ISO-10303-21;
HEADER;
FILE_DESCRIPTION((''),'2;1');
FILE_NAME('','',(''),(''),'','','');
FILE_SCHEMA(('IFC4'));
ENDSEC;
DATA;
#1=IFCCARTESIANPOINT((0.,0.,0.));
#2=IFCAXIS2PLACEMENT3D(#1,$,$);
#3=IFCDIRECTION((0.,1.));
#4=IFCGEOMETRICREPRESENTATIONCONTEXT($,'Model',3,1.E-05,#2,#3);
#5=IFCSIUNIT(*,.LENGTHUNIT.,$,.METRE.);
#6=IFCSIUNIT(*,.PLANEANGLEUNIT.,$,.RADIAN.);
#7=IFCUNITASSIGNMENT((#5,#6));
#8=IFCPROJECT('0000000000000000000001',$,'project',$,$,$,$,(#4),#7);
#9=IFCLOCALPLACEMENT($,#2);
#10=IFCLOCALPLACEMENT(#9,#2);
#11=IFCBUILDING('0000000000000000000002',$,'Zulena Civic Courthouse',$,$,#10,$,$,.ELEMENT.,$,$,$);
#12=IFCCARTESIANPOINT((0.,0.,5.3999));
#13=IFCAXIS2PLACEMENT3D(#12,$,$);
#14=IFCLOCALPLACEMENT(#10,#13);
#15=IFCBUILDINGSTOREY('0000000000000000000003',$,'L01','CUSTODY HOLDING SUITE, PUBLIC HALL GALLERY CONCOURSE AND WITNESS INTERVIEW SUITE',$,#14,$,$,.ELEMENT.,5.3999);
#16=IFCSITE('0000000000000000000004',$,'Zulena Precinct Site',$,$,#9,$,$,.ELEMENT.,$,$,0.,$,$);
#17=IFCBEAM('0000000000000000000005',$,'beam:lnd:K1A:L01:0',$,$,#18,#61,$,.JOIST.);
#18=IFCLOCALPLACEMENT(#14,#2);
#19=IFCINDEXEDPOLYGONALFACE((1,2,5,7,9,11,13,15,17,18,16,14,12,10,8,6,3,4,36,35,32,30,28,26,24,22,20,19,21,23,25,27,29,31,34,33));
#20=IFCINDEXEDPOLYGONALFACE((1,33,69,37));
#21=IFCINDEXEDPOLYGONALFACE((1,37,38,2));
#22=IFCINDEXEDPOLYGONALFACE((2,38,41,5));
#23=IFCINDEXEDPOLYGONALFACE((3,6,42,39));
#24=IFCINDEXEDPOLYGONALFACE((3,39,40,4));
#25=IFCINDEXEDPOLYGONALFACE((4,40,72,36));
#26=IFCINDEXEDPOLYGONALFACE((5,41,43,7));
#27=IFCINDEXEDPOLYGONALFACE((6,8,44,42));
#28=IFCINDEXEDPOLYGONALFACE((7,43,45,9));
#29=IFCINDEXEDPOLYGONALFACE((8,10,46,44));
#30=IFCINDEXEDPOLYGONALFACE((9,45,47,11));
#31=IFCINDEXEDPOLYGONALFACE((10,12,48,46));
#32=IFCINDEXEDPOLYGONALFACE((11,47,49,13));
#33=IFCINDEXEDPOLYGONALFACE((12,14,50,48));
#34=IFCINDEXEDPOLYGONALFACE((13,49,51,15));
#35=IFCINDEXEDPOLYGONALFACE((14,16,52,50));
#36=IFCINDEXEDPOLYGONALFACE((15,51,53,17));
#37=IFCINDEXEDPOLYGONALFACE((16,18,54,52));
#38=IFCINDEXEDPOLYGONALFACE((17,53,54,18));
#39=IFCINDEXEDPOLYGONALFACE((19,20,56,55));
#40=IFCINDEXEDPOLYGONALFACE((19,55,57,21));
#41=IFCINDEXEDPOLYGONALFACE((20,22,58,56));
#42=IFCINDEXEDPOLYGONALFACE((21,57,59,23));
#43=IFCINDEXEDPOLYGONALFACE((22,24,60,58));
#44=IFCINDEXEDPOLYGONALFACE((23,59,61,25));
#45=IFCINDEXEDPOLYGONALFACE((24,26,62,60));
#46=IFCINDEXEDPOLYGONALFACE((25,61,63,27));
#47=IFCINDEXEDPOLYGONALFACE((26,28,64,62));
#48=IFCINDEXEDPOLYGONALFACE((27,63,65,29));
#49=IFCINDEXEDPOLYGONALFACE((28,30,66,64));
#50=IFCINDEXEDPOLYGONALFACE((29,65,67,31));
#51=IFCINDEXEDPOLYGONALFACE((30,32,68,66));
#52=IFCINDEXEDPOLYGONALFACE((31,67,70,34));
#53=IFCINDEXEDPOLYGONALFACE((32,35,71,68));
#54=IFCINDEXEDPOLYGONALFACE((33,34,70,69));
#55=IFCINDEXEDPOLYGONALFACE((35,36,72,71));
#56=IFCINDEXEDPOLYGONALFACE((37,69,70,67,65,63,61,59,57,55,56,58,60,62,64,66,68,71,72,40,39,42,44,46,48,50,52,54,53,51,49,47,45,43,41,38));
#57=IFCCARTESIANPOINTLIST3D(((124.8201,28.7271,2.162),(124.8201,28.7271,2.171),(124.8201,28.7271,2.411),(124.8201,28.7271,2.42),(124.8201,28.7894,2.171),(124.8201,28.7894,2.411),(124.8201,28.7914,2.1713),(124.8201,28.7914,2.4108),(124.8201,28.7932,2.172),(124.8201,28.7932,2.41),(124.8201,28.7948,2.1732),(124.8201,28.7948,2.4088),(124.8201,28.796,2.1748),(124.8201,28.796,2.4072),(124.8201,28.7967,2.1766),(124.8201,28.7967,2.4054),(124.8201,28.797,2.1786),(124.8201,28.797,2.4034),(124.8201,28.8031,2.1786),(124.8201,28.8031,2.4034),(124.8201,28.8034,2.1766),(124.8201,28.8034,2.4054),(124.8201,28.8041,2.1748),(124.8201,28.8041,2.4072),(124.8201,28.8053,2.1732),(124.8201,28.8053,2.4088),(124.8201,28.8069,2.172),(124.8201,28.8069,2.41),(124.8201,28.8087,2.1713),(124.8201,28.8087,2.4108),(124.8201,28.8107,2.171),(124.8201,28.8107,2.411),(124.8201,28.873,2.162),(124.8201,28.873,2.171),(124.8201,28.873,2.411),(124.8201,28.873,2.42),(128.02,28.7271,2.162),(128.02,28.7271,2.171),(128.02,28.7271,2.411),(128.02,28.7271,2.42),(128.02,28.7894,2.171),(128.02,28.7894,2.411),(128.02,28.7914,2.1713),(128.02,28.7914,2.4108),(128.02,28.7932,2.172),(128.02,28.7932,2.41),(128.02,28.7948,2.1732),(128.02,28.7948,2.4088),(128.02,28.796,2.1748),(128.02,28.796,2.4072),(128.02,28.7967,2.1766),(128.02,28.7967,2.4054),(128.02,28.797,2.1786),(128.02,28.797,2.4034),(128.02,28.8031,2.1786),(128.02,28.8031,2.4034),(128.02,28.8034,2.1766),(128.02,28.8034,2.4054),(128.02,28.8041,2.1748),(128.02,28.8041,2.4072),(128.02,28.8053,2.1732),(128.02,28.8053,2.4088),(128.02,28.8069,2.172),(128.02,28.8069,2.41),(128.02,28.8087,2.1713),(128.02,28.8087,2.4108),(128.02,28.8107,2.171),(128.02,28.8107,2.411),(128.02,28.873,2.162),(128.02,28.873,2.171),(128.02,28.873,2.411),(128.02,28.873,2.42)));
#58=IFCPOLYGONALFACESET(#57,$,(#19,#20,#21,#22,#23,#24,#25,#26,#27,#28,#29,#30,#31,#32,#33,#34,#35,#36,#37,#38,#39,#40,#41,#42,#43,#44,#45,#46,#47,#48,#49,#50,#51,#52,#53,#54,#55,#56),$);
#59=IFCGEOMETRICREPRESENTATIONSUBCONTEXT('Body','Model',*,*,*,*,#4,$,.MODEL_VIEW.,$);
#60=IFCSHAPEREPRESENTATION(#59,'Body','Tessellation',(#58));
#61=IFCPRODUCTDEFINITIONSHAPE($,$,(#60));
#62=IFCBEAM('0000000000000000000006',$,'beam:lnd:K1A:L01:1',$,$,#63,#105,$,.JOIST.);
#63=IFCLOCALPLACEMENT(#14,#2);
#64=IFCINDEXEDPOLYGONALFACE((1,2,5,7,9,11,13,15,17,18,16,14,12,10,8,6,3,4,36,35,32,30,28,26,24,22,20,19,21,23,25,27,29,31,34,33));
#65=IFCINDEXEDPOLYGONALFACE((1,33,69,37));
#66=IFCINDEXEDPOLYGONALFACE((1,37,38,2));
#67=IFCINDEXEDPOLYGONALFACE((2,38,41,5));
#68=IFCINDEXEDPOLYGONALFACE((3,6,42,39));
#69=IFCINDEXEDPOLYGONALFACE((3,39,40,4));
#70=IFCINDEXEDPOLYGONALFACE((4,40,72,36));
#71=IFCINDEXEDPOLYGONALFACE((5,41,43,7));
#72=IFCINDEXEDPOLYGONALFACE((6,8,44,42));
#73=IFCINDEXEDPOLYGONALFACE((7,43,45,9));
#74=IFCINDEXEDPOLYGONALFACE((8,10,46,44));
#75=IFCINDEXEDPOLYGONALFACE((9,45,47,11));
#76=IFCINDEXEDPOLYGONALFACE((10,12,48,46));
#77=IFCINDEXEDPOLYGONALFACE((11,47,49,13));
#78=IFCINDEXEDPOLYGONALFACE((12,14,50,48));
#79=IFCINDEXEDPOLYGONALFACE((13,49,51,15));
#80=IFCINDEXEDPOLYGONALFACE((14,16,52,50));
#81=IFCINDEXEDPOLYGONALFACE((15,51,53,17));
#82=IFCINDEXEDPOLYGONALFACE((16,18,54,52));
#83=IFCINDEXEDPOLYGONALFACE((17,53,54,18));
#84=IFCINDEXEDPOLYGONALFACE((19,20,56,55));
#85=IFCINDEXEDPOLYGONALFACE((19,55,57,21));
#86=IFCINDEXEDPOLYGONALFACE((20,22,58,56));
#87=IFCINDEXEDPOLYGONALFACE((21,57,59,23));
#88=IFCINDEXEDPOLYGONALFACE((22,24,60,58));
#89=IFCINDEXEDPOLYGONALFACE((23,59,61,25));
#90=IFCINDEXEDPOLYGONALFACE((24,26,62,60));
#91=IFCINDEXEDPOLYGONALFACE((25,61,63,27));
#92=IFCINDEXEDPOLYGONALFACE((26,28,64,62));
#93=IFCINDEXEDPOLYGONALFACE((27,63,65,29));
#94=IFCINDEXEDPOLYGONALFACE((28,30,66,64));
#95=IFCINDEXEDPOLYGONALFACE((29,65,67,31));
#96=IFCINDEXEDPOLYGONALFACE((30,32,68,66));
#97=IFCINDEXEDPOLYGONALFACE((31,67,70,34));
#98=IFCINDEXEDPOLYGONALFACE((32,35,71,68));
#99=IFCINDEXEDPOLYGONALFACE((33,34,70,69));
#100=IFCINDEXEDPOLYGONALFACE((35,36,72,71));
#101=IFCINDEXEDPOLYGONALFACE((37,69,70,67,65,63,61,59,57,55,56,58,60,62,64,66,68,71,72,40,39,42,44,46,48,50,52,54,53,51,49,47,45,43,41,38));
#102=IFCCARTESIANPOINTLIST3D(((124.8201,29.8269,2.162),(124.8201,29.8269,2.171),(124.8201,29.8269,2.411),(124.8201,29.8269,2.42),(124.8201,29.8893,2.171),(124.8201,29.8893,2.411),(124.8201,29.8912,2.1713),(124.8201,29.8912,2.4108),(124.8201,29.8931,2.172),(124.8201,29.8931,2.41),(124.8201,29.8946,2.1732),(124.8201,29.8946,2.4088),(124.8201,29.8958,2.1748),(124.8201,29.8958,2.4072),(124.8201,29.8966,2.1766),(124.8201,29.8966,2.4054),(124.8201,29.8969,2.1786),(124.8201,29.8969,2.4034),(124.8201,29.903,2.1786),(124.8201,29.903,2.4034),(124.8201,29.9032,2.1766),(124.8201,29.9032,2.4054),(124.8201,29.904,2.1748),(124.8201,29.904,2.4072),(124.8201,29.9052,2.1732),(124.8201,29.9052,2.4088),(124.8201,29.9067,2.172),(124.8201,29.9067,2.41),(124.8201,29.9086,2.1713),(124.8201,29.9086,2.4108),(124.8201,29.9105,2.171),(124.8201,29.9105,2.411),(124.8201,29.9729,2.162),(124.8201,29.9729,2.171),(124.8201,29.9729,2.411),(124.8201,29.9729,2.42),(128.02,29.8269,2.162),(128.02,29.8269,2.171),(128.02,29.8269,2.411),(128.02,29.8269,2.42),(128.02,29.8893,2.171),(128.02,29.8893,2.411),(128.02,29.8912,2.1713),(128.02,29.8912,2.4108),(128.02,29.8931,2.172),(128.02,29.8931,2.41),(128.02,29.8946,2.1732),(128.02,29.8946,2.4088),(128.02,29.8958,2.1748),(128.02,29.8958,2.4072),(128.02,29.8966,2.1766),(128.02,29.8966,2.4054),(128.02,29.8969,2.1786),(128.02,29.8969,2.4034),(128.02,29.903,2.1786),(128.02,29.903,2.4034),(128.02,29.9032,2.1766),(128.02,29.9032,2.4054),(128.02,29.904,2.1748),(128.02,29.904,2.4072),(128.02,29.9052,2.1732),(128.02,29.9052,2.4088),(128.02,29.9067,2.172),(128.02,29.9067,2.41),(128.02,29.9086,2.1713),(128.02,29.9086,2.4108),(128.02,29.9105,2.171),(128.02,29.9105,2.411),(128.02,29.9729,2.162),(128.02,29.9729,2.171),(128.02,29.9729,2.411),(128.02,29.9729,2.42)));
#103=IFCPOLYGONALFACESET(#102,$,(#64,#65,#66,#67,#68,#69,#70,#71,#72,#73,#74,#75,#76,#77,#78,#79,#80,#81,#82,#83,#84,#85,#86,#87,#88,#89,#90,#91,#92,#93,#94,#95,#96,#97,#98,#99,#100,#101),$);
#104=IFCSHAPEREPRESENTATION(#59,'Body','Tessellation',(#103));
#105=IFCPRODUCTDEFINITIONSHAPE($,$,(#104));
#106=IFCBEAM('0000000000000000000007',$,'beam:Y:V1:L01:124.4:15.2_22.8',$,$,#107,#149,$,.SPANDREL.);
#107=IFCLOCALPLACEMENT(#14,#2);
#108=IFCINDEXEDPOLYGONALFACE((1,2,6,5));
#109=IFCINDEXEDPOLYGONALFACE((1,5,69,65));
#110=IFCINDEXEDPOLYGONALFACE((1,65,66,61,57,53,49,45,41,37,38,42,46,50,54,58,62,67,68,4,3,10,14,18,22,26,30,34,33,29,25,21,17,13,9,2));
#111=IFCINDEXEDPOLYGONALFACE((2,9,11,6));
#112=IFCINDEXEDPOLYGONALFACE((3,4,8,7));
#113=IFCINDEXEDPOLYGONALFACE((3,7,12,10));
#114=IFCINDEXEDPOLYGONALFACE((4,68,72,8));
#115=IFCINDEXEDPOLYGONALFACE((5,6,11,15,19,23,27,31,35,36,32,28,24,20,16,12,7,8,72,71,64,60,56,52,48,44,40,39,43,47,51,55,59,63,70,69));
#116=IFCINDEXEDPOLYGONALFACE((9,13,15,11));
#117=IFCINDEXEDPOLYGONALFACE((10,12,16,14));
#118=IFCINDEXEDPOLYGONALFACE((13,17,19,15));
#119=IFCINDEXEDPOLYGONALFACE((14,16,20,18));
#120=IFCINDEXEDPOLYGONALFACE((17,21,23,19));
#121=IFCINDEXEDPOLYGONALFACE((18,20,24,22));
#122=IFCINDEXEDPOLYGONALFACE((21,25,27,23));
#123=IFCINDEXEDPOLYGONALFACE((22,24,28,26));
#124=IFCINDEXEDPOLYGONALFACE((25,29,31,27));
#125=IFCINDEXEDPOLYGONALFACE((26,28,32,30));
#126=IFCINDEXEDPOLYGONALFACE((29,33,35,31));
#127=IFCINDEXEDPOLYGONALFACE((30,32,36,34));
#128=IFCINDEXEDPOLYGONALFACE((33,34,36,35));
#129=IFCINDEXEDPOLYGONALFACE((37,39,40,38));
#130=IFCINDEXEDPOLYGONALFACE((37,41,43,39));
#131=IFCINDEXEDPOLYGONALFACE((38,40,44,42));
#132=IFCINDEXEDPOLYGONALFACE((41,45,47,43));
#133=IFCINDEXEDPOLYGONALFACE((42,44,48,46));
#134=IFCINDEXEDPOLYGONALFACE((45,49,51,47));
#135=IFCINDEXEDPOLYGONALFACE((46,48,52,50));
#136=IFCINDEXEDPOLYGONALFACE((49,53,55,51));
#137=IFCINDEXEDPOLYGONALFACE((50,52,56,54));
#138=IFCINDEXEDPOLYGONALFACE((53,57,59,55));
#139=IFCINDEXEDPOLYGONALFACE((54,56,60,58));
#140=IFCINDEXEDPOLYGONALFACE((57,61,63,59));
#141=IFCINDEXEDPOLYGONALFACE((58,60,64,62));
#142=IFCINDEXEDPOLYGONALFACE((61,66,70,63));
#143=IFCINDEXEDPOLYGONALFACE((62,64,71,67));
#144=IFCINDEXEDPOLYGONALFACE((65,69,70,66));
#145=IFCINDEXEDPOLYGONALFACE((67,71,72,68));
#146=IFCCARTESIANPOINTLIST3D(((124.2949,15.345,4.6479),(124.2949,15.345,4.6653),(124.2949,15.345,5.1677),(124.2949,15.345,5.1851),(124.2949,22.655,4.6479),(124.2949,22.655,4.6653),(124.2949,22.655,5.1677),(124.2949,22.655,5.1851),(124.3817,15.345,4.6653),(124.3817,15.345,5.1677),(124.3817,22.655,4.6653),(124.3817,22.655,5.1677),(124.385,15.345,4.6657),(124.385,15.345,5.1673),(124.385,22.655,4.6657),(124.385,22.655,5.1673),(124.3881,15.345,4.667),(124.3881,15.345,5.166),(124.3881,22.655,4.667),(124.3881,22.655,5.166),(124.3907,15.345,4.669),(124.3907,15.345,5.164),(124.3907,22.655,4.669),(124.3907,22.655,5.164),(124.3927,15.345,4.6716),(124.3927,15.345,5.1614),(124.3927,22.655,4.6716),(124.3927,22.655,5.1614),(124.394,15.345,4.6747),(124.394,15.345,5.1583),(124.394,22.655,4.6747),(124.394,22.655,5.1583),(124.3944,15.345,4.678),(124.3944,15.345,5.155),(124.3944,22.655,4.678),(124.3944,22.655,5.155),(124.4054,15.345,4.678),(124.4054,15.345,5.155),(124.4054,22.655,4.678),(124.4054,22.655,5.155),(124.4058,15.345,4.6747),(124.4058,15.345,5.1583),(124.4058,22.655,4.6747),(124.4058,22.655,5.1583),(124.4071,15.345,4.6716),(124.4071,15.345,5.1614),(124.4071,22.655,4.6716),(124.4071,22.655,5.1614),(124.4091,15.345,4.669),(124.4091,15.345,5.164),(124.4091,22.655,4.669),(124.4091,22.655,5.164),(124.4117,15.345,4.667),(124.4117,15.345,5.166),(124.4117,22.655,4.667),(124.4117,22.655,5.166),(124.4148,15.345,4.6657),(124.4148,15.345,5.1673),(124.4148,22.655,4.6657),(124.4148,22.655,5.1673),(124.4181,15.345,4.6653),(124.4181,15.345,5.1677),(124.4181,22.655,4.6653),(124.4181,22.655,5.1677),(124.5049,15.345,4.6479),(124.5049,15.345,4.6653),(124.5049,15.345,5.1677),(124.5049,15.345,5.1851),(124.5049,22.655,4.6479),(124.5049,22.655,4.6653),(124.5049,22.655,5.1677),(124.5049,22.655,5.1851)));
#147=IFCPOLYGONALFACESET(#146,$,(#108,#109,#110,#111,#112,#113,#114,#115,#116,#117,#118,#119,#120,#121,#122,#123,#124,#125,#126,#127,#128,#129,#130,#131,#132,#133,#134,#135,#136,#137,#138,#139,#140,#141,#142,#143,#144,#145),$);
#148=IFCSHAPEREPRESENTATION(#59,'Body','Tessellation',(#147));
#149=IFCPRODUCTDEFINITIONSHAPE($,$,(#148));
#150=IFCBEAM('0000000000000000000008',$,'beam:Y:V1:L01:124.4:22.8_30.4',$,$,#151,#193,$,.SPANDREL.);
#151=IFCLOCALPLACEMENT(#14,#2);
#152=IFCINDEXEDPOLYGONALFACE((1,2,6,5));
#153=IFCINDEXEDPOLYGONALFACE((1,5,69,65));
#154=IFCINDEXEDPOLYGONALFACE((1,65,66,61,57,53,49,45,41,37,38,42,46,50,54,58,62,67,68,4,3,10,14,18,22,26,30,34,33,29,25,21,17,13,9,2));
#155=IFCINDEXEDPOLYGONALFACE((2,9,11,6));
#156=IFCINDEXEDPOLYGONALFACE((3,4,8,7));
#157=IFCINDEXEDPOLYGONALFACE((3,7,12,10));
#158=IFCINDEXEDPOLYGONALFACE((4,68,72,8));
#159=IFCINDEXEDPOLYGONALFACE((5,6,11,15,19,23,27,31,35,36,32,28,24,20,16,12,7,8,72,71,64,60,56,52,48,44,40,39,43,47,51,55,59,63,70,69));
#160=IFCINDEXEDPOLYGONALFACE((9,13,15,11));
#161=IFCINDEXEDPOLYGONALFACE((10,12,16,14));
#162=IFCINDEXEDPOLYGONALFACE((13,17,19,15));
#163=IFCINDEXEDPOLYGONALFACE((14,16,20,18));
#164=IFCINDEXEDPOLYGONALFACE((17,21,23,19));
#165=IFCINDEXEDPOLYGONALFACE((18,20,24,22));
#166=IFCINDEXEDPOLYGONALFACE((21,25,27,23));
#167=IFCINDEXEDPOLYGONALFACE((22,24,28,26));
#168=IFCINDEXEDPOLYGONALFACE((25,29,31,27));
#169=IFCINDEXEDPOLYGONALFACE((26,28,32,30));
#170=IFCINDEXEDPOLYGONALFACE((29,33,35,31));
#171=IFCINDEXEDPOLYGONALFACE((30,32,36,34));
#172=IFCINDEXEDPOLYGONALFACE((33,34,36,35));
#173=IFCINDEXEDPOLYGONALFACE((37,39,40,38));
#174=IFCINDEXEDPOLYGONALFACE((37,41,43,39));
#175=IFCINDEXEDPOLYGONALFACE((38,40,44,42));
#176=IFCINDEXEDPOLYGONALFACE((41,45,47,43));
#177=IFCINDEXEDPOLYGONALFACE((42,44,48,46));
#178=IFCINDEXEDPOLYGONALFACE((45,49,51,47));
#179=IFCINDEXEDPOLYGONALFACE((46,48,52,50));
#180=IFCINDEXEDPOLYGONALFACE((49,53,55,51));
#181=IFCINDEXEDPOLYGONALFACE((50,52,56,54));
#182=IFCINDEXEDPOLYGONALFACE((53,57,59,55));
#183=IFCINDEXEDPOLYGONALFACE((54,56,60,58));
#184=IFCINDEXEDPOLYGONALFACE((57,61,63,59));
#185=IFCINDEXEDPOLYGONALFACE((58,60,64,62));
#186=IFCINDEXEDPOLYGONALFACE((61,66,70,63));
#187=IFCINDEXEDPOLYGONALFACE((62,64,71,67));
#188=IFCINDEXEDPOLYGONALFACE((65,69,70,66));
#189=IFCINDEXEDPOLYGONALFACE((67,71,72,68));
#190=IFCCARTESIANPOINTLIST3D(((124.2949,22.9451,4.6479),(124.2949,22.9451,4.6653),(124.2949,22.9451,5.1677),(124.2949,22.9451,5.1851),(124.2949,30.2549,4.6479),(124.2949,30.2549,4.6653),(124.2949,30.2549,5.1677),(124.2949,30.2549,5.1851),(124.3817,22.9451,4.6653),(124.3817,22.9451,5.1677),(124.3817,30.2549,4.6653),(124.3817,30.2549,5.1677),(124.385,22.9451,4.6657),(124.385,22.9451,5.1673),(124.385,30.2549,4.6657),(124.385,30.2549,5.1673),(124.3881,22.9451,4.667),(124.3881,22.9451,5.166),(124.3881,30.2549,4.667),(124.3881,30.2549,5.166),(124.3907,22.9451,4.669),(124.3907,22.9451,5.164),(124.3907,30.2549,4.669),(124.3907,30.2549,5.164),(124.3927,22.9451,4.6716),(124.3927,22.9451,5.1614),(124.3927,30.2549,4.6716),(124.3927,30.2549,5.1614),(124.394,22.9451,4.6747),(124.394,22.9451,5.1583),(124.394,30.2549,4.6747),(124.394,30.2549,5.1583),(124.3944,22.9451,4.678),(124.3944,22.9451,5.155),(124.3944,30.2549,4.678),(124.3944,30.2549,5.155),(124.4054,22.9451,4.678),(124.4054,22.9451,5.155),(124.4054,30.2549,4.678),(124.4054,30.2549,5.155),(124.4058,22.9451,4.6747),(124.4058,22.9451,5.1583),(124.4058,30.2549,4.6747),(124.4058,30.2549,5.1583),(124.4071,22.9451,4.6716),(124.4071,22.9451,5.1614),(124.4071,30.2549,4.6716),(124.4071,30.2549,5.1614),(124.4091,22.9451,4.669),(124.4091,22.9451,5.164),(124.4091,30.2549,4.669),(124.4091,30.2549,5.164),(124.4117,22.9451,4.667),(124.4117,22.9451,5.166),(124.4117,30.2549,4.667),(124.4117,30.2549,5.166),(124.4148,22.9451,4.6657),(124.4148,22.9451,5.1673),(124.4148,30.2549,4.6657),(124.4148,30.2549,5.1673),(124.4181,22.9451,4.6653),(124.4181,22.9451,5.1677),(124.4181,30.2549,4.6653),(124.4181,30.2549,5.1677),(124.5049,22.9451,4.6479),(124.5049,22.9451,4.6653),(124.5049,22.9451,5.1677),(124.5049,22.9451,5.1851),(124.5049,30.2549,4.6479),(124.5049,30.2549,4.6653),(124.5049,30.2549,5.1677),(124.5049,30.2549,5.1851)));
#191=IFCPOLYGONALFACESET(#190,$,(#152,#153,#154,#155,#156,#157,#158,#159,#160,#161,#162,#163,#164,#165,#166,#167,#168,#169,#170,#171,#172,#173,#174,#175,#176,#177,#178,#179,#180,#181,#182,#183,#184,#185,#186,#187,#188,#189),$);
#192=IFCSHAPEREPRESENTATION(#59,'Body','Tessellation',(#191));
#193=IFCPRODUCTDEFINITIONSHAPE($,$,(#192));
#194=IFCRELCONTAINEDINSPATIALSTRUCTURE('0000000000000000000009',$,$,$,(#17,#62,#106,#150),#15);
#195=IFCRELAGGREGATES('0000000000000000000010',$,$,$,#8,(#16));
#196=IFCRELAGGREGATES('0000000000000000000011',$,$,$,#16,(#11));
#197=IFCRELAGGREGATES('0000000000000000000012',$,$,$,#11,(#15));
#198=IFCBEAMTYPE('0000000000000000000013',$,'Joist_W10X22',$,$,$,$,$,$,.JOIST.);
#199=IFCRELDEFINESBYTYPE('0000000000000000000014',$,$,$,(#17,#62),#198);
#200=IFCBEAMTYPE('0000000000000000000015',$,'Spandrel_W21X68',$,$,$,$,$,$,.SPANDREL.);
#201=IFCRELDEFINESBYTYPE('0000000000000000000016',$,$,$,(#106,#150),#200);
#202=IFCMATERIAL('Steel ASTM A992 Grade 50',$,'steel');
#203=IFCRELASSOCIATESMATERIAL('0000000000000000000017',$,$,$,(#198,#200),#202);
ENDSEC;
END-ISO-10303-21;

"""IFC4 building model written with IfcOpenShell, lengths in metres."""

from ifc_helpers import new_model, si_unit, direction, frame, origin, origin_2d, place, context, subcontext, project, spatial, i_section, extrude, material, material_profile, profile_set, type_object, element, save


model = new_model("IFC4")

# Units and contexts
model_context = context("Model", 3, precision=1e-05, world=origin(), true_north=direction((0.0, 1.0)))
body_context = subcontext(model_context, "Body", "Model", "MODEL_VIEW")
ifc_project = project(units=[si_unit("LENGTHUNIT", "METRE"), si_unit("PLANEANGLEUNIT", "RADIAN")], contexts=[model_context])

# Site, building, storey
site_placement = place(None, origin())
site = spatial("IfcSite", under=ifc_project, at=site_placement, Name="Zulena Precinct Site", CompositionType="ELEMENT", RefElevation=0.0)
building_placement = place(site_placement, origin())
building = spatial("IfcBuilding", under=site, at=building_placement, Name="Zulena Civic Courthouse", CompositionType="ELEMENT")
storey_placement = place(building_placement, frame((0.0, 0.0, 5.3999)))
storey = spatial("IfcBuildingStorey", under=building, at=storey_placement, Name="L01", Description="CUSTODY HOLDING SUITE, PUBLIC HALL GALLERY CONCOURSE AND WITNESS INTERVIEW SUITE", CompositionType="ELEMENT", Elevation=5.3999)

# Shared definitions
ifc_material_1 = material(Name="Steel ASTM A992 Grade 50", Category="steel")

# Beams
ifc_material_profile_1 = material_profile(ifc_material_1, i_section(OverallWidth=0.146, OverallDepth=0.2581, WebThickness=0.0061, FlangeThickness=0.009, FilletRadius=0.0076, at=origin_2d()), Name="W10X22")
ifc_profile_set_1 = profile_set([ifc_material_profile_1], Name="Steel ASTM A992 Grade 50")
beam_type_1 = type_object("IfcBeamType", Name="Joist_W10X22", PredefinedType="JOIST", material=ifc_profile_set_1)
for number, where, z_axis, x_axis, name in (
    (1, (124.8201, 28.8, 2.291), (1.0, 0.0, 0.0), (0.0, 1.0, 0.0), "beam:lnd:K1A:L01:0"),
    (2, (124.8201, 29.8999, 2.291), (1.0, 0.0, 0.0), (0.0, 1.0, 0.0), "beam:lnd:K1A:L01:1"),
):
    element("IfcBeam", number, at=place(storey_placement, frame(where, z_axis=z_axis, x_axis=x_axis)), inside=storey, type_object=beam_type_1, Name=name, PredefinedType="JOIST", context=body_context, shape_type="SweptSolid", body=[
        extrude(i_section(OverallWidth=0.146, OverallDepth=0.2581, WebThickness=0.0061, FlangeThickness=0.009, FilletRadius=0.0076, at=origin_2d()), origin(), (0.0, 0.0, 1.0), 3.2),
    ])
ifc_material_profile_2 = material_profile(ifc_material_1, i_section(OverallWidth=0.21, OverallDepth=0.5371, WebThickness=0.011, FlangeThickness=0.0173, FilletRadius=0.0127, at=origin_2d()), Name="W21X68")
ifc_profile_set_2 = profile_set([ifc_material_profile_2], Name="Steel ASTM A992 Grade 50")
beam_type_2 = type_object("IfcBeamType", Name="Spandrel_W21X68", PredefinedType="SPANDREL", material=ifc_profile_set_2)
beam_1_placement = place(storey_placement, frame((124.3999, 15.345, 4.9165), z_axis=(0.0, 1.0, 0.0), x_axis=(-1.0, 0.0, 0.0)))
element("IfcBeam", 3, at=beam_1_placement, inside=storey, type_object=beam_type_2, Name="beam:Y:V1:L01:124.4:15.2_22.8", PredefinedType="SPANDREL", context=body_context, shape_type="SweptSolid", body=[
    extrude(i_section(OverallWidth=0.21, OverallDepth=0.5371, WebThickness=0.011, FlangeThickness=0.0173, FilletRadius=0.0127, at=origin_2d()), origin(), (0.0, 0.0, 1.0), 7.3101),
])
beam_2_placement = place(storey_placement, frame((124.3999, 22.9451, 4.9165), z_axis=(0.0, 1.0, 0.0), x_axis=(-1.0, 0.0, 0.0)))
element("IfcBeam", 4, at=beam_2_placement, inside=storey, type_object=beam_type_2, Name="beam:Y:V1:L01:124.4:22.8_30.4", PredefinedType="SPANDREL", context=body_context, shape_type="SweptSolid", body=[
    extrude(i_section(OverallWidth=0.21, OverallDepth=0.5371, WebThickness=0.011, FlangeThickness=0.0173, FilletRadius=0.0127, at=origin_2d()), origin(), (0.0, 0.0, 1.0), 7.3098),
])

save(model, "model.ifc")
